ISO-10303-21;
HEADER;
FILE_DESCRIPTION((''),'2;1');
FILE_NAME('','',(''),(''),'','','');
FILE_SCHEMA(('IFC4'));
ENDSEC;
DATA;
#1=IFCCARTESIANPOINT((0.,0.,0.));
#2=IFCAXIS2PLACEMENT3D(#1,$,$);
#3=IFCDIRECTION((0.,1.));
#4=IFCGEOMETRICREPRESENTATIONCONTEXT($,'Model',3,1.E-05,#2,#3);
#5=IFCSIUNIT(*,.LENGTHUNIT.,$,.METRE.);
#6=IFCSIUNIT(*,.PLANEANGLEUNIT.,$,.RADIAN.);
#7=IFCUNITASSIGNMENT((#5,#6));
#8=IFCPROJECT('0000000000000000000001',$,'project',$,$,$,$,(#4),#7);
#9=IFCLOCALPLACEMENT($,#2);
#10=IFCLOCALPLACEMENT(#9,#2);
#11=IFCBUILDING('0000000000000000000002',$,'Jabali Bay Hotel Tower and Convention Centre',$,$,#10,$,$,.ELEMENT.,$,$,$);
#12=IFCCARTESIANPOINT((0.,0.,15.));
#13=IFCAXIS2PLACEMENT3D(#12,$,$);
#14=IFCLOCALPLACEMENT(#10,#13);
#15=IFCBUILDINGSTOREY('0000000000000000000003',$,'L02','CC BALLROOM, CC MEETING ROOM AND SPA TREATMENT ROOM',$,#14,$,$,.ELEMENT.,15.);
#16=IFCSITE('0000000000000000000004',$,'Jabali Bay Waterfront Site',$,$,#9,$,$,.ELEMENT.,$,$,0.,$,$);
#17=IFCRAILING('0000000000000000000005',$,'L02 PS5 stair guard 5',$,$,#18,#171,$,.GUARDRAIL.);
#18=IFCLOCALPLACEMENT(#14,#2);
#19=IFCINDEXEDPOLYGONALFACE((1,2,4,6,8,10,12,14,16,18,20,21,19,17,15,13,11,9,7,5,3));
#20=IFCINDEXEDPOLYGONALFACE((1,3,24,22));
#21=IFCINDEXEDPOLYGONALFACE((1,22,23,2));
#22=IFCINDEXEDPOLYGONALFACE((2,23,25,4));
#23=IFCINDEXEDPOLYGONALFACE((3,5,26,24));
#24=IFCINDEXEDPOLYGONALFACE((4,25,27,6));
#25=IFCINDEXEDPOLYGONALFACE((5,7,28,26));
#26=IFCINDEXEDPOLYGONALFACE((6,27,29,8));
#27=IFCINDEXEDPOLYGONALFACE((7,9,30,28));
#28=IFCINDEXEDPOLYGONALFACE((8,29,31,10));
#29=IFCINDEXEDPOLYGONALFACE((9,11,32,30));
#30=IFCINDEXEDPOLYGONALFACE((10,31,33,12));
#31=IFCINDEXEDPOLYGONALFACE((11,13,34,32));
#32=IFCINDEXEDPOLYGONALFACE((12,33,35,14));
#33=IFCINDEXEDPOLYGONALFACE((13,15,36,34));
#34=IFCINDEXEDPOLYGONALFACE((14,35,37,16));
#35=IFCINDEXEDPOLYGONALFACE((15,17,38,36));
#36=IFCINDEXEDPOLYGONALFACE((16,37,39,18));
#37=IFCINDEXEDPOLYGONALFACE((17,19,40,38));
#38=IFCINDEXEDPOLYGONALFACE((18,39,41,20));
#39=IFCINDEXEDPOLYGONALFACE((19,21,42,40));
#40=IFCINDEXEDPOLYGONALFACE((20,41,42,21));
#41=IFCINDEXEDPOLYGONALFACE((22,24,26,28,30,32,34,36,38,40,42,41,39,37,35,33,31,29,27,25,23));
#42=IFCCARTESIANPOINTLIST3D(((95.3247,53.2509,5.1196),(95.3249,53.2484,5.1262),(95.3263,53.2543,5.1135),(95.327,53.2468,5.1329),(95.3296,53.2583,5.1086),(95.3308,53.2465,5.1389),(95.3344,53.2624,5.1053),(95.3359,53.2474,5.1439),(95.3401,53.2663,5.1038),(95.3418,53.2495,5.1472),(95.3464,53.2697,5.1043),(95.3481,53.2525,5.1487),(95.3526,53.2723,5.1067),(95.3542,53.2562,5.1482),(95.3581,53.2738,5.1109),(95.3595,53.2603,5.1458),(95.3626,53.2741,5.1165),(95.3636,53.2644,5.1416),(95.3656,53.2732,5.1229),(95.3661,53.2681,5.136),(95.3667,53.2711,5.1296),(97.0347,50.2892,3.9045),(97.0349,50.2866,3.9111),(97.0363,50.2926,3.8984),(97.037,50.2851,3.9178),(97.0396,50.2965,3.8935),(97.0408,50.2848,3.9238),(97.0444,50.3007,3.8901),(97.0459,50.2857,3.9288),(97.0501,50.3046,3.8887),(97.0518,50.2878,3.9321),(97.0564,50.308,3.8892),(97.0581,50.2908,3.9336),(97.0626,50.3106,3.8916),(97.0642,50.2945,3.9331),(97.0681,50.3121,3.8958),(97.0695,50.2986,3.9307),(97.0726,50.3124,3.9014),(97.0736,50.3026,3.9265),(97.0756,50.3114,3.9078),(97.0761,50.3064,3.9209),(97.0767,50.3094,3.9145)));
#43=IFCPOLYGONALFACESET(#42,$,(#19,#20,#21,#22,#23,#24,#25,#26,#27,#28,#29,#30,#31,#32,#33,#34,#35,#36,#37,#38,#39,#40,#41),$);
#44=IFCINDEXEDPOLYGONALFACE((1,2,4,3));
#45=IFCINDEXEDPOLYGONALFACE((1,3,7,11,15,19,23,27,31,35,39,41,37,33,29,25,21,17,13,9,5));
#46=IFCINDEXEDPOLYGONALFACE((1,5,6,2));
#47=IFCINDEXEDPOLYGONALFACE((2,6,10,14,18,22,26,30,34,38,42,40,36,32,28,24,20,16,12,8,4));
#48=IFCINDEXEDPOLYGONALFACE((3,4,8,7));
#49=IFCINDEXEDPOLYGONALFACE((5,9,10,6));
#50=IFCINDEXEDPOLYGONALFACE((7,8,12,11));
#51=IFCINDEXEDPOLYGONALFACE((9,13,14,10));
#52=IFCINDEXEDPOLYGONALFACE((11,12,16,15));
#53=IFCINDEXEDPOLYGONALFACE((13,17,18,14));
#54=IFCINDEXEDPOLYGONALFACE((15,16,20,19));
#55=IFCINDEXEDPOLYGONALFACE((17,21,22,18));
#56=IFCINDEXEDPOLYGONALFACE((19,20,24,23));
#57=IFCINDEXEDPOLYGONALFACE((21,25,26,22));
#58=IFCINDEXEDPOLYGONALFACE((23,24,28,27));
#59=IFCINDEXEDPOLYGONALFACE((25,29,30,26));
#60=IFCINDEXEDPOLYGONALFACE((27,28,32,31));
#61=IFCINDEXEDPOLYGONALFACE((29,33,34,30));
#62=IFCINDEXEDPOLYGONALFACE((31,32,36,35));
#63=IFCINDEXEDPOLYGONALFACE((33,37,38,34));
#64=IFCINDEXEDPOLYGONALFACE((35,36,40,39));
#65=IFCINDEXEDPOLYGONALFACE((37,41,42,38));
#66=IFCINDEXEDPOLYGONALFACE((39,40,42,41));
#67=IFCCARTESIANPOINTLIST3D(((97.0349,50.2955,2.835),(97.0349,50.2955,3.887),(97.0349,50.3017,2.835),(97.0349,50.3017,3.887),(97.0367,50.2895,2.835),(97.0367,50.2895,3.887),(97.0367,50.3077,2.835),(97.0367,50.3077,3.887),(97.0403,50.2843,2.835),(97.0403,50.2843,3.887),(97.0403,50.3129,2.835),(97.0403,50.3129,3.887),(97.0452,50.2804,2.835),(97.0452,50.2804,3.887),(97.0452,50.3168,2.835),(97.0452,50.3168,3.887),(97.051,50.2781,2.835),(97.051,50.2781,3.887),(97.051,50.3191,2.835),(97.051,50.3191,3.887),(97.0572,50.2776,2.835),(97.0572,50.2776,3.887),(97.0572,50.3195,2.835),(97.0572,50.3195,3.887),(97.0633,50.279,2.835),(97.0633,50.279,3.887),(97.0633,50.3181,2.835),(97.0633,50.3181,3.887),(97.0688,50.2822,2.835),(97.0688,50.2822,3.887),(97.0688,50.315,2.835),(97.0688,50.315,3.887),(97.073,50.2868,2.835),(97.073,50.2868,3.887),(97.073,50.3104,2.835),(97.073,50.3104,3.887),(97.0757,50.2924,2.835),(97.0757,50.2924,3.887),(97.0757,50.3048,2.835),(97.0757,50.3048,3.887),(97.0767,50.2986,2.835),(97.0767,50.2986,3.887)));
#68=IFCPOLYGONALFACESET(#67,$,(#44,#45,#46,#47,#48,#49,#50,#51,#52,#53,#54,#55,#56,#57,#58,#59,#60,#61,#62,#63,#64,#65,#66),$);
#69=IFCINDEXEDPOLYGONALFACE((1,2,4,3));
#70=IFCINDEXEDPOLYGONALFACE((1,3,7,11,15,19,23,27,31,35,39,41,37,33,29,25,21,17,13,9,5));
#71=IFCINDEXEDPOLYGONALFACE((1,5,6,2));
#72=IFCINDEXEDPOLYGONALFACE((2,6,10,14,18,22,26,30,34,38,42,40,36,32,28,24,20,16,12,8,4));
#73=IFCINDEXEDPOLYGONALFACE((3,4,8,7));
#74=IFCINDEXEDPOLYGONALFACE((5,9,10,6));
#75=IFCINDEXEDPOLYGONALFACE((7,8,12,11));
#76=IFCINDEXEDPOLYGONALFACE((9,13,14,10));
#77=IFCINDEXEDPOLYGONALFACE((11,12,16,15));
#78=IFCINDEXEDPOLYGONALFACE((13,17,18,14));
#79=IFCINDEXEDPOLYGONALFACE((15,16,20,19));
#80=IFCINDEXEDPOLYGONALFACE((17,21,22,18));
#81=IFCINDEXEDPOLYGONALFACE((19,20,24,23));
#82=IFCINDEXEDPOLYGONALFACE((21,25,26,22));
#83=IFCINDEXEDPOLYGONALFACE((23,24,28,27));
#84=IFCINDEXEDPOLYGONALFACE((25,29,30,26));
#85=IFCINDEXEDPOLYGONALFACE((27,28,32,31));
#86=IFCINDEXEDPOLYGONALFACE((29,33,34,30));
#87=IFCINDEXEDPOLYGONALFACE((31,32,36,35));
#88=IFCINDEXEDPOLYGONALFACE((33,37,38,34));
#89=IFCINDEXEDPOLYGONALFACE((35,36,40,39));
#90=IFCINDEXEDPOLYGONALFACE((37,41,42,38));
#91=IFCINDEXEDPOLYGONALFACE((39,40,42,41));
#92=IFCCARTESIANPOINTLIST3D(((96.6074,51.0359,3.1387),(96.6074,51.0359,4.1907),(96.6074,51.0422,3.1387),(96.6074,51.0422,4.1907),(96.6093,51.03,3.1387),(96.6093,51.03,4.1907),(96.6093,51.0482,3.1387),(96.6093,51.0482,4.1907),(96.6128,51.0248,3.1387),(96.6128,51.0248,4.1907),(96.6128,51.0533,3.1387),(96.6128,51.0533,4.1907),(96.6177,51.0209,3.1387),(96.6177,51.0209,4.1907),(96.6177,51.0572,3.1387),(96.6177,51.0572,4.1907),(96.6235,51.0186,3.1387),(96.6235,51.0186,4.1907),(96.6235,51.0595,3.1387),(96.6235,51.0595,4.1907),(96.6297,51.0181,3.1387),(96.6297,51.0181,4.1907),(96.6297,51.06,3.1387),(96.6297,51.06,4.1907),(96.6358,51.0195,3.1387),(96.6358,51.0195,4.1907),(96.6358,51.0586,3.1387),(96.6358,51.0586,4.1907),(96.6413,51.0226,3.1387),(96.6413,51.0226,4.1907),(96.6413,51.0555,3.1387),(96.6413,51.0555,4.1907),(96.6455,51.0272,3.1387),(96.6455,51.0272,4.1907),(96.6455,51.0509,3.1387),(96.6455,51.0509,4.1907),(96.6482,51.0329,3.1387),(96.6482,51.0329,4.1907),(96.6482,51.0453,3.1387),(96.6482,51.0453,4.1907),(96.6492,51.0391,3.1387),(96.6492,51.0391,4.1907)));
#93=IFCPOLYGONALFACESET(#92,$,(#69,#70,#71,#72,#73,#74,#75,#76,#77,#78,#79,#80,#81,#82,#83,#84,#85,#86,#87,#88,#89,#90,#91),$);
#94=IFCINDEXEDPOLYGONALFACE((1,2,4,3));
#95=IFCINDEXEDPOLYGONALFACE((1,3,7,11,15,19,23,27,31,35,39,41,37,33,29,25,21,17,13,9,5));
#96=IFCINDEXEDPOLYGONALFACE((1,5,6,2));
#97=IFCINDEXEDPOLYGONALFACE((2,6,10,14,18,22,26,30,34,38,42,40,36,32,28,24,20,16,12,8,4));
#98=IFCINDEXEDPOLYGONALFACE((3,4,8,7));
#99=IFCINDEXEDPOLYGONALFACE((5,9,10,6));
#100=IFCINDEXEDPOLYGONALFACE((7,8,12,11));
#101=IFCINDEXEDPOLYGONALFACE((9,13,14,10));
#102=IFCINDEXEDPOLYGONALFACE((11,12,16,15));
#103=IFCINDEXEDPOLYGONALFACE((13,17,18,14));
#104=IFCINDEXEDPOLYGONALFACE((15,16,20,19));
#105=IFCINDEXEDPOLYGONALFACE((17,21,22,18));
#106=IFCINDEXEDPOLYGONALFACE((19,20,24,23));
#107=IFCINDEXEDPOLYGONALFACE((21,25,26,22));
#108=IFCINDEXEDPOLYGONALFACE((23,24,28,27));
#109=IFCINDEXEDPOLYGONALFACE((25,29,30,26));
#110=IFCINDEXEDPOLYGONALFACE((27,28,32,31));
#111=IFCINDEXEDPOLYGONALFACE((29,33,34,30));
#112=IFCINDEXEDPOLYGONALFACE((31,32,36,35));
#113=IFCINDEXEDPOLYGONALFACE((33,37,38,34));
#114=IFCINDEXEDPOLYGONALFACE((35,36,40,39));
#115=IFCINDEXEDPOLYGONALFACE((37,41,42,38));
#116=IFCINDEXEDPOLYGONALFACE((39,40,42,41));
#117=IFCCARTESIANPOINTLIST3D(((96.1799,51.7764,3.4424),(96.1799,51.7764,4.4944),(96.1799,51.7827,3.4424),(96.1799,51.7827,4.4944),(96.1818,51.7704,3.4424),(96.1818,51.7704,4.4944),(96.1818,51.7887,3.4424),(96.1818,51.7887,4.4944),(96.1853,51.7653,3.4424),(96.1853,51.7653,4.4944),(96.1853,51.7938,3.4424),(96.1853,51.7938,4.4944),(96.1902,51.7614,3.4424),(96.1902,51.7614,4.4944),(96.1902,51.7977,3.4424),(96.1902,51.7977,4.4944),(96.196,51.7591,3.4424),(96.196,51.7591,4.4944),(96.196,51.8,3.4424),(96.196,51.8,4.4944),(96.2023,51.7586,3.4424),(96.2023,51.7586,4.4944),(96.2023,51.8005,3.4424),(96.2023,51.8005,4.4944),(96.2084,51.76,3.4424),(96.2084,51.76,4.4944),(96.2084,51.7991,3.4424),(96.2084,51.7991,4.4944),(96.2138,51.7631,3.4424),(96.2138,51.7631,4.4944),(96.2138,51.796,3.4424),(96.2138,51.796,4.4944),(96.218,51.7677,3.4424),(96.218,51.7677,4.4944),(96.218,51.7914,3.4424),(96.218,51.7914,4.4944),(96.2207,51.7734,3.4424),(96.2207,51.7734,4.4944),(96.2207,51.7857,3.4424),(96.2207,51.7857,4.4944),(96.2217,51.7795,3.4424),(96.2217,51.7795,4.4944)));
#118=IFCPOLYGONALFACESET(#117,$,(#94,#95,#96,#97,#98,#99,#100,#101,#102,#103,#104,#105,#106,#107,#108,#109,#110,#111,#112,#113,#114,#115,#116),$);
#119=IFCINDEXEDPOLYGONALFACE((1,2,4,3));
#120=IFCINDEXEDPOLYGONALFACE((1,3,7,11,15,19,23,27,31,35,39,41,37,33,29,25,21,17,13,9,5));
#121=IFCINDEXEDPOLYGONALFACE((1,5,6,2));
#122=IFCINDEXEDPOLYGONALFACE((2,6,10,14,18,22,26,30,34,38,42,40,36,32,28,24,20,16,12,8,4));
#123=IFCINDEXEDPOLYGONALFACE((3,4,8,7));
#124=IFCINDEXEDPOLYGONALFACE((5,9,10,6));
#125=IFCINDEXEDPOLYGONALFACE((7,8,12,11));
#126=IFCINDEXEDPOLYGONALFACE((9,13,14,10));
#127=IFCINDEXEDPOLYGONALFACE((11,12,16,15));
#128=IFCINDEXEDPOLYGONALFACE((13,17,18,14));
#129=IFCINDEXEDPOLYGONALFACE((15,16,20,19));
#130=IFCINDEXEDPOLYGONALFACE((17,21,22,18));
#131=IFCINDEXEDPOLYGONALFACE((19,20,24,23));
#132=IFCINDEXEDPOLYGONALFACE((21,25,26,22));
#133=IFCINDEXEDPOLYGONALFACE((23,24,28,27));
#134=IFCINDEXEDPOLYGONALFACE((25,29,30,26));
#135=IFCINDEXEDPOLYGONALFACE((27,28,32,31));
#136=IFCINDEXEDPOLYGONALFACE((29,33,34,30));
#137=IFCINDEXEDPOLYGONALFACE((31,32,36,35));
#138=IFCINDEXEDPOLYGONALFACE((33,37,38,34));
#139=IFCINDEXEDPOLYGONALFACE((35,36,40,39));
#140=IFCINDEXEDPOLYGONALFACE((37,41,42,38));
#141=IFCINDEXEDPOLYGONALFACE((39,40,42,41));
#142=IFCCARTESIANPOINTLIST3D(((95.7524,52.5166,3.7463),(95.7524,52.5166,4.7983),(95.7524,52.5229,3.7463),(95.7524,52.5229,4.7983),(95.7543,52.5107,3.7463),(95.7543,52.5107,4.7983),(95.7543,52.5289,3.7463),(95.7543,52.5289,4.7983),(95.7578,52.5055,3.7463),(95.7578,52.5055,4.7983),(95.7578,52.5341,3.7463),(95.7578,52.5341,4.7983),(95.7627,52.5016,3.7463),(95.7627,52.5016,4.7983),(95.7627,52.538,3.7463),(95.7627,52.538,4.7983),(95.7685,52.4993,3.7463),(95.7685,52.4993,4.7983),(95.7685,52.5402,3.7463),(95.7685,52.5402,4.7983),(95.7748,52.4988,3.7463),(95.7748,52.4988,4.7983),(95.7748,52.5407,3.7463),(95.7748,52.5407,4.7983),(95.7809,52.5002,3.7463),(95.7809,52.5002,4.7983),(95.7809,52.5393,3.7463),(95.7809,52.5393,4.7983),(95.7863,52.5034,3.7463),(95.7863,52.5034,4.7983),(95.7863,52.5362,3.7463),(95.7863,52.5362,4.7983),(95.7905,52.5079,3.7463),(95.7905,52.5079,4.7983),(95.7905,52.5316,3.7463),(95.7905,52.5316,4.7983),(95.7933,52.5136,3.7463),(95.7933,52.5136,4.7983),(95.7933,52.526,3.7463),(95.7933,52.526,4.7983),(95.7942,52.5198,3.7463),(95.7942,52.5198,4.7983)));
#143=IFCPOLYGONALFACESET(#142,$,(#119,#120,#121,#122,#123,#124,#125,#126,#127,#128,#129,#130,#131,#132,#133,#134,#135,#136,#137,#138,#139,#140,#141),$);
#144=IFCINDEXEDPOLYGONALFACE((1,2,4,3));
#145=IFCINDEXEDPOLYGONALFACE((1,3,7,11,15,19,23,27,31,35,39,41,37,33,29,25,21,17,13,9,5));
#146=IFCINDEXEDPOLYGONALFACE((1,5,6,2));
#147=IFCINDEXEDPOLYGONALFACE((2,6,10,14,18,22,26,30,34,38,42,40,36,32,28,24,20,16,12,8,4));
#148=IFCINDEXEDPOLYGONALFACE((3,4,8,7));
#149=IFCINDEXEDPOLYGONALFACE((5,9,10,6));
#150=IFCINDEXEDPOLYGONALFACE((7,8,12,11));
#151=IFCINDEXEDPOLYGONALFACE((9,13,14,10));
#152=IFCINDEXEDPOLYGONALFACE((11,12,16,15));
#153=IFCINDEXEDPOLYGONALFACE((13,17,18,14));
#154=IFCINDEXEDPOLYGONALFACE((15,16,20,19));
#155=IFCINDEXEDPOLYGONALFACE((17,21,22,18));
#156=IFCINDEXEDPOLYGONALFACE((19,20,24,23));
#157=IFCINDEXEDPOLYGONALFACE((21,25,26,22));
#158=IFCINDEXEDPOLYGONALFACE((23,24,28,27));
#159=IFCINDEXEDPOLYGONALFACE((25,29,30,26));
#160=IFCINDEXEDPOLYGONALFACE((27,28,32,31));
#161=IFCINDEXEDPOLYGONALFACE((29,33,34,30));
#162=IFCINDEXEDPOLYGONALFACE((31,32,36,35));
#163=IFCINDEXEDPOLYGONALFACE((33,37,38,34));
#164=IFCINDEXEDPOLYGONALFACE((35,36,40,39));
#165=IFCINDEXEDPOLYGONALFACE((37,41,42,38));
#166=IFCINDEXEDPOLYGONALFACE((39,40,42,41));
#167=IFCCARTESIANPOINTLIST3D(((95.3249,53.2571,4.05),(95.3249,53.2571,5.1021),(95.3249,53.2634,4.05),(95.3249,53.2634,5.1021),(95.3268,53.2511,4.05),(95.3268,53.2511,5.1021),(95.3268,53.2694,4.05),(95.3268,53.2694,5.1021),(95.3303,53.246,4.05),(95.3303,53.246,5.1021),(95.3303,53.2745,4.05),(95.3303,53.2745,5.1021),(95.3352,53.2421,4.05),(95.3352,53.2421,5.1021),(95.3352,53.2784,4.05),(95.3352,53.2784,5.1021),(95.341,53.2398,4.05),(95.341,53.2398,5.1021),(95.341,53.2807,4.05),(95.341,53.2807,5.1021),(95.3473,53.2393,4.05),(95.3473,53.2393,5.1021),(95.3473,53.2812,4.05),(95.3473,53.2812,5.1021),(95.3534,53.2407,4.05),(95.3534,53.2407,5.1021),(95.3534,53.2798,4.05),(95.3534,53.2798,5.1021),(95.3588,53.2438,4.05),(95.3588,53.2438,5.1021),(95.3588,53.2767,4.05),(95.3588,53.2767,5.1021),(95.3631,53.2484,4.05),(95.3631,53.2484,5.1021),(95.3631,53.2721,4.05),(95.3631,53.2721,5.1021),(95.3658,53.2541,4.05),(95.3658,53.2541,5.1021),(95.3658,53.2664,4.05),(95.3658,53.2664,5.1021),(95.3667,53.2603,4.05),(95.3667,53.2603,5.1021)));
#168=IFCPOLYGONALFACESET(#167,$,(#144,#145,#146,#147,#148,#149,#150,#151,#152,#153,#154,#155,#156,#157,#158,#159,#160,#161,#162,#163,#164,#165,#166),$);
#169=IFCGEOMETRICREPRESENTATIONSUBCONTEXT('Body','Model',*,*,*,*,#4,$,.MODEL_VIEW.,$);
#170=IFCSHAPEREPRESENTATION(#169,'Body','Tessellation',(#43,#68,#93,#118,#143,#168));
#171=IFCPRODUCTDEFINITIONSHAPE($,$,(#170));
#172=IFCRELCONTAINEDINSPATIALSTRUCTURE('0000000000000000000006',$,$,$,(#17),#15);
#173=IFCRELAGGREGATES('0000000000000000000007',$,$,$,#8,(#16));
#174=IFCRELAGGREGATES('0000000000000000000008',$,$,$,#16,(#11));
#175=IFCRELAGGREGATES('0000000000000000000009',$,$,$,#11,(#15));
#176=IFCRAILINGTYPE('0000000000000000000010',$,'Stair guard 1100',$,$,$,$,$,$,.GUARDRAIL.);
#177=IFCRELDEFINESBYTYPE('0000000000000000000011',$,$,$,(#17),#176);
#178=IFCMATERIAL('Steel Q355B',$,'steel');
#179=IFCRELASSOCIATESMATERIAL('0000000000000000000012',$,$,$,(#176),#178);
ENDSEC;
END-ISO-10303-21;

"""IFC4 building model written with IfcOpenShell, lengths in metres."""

from ifc_helpers import new_model, si_unit, direction, frame, origin, origin_2d, place, context, subcontext, project, spatial, circle, extrude, material, type_object, element, save


model = new_model("IFC4")

# Units and contexts
model_context = context("Model", 3, precision=1e-05, world=origin(), true_north=direction((0.0, 1.0)))
body_context = subcontext(model_context, "Body", "Model", "MODEL_VIEW")
ifc_project = project(units=[si_unit("LENGTHUNIT", "METRE"), si_unit("PLANEANGLEUNIT", "RADIAN")], contexts=[model_context])

# Site, building, storey
site_placement = place(None, origin())
site = spatial("IfcSite", under=ifc_project, at=site_placement, Name="Jabali Bay Waterfront Site", CompositionType="ELEMENT", RefElevation=0.0)
building_placement = place(site_placement, origin())
building = spatial("IfcBuilding", under=site, at=building_placement, Name="Jabali Bay Hotel Tower and Convention Centre", CompositionType="ELEMENT")
storey_placement = place(building_placement, frame((0.0, 0.0, 15.0)))
storey = spatial("IfcBuildingStorey", under=building, at=storey_placement, Name="L02", Description="CC BALLROOM, CC MEETING ROOM AND SPA TREATMENT ROOM", CompositionType="ELEMENT", Elevation=15.0)

# Railing
ifc_material_1 = material(Name="Steel Q355B", Category="steel")
railing_type_1 = type_object("IfcRailingType", Name="Stair guard 1100", PredefinedType="GUARDRAIL", material=ifc_material_1)
railing_1_placement = place(storey_placement, frame((97.0557, 50.2986, 2.835)))
element("IfcRailing", 1, at=railing_1_placement, inside=storey, type_object=railing_type_1, Name="L02 PS5 stair guard 5", PredefinedType="GUARDRAIL", context=body_context, shape_type="SweptSolid", body=[
    extrude(circle(Radius=0.0239, at=origin_2d()), frame((0.0, 0.0, 1.0762), z_axis=(-0.471153, 0.816042, 0.334799), x_axis=(-0.86602, -0.500009, 0.0)), (0.0, 0.0, 1.0), 3.6294),
    extrude(circle(Radius=0.021, at=origin_2d()), origin(), (0.0, 0.0, 1.0), 1.052),
    extrude(circle(Radius=0.021, at=origin_2d()), frame((-0.4275, 0.7405, 0.3037)), (0.0, 0.0, 1.0), 1.052),
    extrude(circle(Radius=0.021, at=origin_2d()), frame((-0.855, 1.481, 0.6074)), (0.0, 0.0, 1.0), 1.052),
    extrude(circle(Radius=0.021, at=origin_2d()), frame((-1.2825, 2.2212, 0.9114)), (0.0, 0.0, 1.0), 1.052),
    extrude(circle(Radius=0.021, at=origin_2d()), frame((-1.71, 2.9617, 1.2151)), (0.0, 0.0, 1.0), 1.052),
])

save(model, "model.ifc")
